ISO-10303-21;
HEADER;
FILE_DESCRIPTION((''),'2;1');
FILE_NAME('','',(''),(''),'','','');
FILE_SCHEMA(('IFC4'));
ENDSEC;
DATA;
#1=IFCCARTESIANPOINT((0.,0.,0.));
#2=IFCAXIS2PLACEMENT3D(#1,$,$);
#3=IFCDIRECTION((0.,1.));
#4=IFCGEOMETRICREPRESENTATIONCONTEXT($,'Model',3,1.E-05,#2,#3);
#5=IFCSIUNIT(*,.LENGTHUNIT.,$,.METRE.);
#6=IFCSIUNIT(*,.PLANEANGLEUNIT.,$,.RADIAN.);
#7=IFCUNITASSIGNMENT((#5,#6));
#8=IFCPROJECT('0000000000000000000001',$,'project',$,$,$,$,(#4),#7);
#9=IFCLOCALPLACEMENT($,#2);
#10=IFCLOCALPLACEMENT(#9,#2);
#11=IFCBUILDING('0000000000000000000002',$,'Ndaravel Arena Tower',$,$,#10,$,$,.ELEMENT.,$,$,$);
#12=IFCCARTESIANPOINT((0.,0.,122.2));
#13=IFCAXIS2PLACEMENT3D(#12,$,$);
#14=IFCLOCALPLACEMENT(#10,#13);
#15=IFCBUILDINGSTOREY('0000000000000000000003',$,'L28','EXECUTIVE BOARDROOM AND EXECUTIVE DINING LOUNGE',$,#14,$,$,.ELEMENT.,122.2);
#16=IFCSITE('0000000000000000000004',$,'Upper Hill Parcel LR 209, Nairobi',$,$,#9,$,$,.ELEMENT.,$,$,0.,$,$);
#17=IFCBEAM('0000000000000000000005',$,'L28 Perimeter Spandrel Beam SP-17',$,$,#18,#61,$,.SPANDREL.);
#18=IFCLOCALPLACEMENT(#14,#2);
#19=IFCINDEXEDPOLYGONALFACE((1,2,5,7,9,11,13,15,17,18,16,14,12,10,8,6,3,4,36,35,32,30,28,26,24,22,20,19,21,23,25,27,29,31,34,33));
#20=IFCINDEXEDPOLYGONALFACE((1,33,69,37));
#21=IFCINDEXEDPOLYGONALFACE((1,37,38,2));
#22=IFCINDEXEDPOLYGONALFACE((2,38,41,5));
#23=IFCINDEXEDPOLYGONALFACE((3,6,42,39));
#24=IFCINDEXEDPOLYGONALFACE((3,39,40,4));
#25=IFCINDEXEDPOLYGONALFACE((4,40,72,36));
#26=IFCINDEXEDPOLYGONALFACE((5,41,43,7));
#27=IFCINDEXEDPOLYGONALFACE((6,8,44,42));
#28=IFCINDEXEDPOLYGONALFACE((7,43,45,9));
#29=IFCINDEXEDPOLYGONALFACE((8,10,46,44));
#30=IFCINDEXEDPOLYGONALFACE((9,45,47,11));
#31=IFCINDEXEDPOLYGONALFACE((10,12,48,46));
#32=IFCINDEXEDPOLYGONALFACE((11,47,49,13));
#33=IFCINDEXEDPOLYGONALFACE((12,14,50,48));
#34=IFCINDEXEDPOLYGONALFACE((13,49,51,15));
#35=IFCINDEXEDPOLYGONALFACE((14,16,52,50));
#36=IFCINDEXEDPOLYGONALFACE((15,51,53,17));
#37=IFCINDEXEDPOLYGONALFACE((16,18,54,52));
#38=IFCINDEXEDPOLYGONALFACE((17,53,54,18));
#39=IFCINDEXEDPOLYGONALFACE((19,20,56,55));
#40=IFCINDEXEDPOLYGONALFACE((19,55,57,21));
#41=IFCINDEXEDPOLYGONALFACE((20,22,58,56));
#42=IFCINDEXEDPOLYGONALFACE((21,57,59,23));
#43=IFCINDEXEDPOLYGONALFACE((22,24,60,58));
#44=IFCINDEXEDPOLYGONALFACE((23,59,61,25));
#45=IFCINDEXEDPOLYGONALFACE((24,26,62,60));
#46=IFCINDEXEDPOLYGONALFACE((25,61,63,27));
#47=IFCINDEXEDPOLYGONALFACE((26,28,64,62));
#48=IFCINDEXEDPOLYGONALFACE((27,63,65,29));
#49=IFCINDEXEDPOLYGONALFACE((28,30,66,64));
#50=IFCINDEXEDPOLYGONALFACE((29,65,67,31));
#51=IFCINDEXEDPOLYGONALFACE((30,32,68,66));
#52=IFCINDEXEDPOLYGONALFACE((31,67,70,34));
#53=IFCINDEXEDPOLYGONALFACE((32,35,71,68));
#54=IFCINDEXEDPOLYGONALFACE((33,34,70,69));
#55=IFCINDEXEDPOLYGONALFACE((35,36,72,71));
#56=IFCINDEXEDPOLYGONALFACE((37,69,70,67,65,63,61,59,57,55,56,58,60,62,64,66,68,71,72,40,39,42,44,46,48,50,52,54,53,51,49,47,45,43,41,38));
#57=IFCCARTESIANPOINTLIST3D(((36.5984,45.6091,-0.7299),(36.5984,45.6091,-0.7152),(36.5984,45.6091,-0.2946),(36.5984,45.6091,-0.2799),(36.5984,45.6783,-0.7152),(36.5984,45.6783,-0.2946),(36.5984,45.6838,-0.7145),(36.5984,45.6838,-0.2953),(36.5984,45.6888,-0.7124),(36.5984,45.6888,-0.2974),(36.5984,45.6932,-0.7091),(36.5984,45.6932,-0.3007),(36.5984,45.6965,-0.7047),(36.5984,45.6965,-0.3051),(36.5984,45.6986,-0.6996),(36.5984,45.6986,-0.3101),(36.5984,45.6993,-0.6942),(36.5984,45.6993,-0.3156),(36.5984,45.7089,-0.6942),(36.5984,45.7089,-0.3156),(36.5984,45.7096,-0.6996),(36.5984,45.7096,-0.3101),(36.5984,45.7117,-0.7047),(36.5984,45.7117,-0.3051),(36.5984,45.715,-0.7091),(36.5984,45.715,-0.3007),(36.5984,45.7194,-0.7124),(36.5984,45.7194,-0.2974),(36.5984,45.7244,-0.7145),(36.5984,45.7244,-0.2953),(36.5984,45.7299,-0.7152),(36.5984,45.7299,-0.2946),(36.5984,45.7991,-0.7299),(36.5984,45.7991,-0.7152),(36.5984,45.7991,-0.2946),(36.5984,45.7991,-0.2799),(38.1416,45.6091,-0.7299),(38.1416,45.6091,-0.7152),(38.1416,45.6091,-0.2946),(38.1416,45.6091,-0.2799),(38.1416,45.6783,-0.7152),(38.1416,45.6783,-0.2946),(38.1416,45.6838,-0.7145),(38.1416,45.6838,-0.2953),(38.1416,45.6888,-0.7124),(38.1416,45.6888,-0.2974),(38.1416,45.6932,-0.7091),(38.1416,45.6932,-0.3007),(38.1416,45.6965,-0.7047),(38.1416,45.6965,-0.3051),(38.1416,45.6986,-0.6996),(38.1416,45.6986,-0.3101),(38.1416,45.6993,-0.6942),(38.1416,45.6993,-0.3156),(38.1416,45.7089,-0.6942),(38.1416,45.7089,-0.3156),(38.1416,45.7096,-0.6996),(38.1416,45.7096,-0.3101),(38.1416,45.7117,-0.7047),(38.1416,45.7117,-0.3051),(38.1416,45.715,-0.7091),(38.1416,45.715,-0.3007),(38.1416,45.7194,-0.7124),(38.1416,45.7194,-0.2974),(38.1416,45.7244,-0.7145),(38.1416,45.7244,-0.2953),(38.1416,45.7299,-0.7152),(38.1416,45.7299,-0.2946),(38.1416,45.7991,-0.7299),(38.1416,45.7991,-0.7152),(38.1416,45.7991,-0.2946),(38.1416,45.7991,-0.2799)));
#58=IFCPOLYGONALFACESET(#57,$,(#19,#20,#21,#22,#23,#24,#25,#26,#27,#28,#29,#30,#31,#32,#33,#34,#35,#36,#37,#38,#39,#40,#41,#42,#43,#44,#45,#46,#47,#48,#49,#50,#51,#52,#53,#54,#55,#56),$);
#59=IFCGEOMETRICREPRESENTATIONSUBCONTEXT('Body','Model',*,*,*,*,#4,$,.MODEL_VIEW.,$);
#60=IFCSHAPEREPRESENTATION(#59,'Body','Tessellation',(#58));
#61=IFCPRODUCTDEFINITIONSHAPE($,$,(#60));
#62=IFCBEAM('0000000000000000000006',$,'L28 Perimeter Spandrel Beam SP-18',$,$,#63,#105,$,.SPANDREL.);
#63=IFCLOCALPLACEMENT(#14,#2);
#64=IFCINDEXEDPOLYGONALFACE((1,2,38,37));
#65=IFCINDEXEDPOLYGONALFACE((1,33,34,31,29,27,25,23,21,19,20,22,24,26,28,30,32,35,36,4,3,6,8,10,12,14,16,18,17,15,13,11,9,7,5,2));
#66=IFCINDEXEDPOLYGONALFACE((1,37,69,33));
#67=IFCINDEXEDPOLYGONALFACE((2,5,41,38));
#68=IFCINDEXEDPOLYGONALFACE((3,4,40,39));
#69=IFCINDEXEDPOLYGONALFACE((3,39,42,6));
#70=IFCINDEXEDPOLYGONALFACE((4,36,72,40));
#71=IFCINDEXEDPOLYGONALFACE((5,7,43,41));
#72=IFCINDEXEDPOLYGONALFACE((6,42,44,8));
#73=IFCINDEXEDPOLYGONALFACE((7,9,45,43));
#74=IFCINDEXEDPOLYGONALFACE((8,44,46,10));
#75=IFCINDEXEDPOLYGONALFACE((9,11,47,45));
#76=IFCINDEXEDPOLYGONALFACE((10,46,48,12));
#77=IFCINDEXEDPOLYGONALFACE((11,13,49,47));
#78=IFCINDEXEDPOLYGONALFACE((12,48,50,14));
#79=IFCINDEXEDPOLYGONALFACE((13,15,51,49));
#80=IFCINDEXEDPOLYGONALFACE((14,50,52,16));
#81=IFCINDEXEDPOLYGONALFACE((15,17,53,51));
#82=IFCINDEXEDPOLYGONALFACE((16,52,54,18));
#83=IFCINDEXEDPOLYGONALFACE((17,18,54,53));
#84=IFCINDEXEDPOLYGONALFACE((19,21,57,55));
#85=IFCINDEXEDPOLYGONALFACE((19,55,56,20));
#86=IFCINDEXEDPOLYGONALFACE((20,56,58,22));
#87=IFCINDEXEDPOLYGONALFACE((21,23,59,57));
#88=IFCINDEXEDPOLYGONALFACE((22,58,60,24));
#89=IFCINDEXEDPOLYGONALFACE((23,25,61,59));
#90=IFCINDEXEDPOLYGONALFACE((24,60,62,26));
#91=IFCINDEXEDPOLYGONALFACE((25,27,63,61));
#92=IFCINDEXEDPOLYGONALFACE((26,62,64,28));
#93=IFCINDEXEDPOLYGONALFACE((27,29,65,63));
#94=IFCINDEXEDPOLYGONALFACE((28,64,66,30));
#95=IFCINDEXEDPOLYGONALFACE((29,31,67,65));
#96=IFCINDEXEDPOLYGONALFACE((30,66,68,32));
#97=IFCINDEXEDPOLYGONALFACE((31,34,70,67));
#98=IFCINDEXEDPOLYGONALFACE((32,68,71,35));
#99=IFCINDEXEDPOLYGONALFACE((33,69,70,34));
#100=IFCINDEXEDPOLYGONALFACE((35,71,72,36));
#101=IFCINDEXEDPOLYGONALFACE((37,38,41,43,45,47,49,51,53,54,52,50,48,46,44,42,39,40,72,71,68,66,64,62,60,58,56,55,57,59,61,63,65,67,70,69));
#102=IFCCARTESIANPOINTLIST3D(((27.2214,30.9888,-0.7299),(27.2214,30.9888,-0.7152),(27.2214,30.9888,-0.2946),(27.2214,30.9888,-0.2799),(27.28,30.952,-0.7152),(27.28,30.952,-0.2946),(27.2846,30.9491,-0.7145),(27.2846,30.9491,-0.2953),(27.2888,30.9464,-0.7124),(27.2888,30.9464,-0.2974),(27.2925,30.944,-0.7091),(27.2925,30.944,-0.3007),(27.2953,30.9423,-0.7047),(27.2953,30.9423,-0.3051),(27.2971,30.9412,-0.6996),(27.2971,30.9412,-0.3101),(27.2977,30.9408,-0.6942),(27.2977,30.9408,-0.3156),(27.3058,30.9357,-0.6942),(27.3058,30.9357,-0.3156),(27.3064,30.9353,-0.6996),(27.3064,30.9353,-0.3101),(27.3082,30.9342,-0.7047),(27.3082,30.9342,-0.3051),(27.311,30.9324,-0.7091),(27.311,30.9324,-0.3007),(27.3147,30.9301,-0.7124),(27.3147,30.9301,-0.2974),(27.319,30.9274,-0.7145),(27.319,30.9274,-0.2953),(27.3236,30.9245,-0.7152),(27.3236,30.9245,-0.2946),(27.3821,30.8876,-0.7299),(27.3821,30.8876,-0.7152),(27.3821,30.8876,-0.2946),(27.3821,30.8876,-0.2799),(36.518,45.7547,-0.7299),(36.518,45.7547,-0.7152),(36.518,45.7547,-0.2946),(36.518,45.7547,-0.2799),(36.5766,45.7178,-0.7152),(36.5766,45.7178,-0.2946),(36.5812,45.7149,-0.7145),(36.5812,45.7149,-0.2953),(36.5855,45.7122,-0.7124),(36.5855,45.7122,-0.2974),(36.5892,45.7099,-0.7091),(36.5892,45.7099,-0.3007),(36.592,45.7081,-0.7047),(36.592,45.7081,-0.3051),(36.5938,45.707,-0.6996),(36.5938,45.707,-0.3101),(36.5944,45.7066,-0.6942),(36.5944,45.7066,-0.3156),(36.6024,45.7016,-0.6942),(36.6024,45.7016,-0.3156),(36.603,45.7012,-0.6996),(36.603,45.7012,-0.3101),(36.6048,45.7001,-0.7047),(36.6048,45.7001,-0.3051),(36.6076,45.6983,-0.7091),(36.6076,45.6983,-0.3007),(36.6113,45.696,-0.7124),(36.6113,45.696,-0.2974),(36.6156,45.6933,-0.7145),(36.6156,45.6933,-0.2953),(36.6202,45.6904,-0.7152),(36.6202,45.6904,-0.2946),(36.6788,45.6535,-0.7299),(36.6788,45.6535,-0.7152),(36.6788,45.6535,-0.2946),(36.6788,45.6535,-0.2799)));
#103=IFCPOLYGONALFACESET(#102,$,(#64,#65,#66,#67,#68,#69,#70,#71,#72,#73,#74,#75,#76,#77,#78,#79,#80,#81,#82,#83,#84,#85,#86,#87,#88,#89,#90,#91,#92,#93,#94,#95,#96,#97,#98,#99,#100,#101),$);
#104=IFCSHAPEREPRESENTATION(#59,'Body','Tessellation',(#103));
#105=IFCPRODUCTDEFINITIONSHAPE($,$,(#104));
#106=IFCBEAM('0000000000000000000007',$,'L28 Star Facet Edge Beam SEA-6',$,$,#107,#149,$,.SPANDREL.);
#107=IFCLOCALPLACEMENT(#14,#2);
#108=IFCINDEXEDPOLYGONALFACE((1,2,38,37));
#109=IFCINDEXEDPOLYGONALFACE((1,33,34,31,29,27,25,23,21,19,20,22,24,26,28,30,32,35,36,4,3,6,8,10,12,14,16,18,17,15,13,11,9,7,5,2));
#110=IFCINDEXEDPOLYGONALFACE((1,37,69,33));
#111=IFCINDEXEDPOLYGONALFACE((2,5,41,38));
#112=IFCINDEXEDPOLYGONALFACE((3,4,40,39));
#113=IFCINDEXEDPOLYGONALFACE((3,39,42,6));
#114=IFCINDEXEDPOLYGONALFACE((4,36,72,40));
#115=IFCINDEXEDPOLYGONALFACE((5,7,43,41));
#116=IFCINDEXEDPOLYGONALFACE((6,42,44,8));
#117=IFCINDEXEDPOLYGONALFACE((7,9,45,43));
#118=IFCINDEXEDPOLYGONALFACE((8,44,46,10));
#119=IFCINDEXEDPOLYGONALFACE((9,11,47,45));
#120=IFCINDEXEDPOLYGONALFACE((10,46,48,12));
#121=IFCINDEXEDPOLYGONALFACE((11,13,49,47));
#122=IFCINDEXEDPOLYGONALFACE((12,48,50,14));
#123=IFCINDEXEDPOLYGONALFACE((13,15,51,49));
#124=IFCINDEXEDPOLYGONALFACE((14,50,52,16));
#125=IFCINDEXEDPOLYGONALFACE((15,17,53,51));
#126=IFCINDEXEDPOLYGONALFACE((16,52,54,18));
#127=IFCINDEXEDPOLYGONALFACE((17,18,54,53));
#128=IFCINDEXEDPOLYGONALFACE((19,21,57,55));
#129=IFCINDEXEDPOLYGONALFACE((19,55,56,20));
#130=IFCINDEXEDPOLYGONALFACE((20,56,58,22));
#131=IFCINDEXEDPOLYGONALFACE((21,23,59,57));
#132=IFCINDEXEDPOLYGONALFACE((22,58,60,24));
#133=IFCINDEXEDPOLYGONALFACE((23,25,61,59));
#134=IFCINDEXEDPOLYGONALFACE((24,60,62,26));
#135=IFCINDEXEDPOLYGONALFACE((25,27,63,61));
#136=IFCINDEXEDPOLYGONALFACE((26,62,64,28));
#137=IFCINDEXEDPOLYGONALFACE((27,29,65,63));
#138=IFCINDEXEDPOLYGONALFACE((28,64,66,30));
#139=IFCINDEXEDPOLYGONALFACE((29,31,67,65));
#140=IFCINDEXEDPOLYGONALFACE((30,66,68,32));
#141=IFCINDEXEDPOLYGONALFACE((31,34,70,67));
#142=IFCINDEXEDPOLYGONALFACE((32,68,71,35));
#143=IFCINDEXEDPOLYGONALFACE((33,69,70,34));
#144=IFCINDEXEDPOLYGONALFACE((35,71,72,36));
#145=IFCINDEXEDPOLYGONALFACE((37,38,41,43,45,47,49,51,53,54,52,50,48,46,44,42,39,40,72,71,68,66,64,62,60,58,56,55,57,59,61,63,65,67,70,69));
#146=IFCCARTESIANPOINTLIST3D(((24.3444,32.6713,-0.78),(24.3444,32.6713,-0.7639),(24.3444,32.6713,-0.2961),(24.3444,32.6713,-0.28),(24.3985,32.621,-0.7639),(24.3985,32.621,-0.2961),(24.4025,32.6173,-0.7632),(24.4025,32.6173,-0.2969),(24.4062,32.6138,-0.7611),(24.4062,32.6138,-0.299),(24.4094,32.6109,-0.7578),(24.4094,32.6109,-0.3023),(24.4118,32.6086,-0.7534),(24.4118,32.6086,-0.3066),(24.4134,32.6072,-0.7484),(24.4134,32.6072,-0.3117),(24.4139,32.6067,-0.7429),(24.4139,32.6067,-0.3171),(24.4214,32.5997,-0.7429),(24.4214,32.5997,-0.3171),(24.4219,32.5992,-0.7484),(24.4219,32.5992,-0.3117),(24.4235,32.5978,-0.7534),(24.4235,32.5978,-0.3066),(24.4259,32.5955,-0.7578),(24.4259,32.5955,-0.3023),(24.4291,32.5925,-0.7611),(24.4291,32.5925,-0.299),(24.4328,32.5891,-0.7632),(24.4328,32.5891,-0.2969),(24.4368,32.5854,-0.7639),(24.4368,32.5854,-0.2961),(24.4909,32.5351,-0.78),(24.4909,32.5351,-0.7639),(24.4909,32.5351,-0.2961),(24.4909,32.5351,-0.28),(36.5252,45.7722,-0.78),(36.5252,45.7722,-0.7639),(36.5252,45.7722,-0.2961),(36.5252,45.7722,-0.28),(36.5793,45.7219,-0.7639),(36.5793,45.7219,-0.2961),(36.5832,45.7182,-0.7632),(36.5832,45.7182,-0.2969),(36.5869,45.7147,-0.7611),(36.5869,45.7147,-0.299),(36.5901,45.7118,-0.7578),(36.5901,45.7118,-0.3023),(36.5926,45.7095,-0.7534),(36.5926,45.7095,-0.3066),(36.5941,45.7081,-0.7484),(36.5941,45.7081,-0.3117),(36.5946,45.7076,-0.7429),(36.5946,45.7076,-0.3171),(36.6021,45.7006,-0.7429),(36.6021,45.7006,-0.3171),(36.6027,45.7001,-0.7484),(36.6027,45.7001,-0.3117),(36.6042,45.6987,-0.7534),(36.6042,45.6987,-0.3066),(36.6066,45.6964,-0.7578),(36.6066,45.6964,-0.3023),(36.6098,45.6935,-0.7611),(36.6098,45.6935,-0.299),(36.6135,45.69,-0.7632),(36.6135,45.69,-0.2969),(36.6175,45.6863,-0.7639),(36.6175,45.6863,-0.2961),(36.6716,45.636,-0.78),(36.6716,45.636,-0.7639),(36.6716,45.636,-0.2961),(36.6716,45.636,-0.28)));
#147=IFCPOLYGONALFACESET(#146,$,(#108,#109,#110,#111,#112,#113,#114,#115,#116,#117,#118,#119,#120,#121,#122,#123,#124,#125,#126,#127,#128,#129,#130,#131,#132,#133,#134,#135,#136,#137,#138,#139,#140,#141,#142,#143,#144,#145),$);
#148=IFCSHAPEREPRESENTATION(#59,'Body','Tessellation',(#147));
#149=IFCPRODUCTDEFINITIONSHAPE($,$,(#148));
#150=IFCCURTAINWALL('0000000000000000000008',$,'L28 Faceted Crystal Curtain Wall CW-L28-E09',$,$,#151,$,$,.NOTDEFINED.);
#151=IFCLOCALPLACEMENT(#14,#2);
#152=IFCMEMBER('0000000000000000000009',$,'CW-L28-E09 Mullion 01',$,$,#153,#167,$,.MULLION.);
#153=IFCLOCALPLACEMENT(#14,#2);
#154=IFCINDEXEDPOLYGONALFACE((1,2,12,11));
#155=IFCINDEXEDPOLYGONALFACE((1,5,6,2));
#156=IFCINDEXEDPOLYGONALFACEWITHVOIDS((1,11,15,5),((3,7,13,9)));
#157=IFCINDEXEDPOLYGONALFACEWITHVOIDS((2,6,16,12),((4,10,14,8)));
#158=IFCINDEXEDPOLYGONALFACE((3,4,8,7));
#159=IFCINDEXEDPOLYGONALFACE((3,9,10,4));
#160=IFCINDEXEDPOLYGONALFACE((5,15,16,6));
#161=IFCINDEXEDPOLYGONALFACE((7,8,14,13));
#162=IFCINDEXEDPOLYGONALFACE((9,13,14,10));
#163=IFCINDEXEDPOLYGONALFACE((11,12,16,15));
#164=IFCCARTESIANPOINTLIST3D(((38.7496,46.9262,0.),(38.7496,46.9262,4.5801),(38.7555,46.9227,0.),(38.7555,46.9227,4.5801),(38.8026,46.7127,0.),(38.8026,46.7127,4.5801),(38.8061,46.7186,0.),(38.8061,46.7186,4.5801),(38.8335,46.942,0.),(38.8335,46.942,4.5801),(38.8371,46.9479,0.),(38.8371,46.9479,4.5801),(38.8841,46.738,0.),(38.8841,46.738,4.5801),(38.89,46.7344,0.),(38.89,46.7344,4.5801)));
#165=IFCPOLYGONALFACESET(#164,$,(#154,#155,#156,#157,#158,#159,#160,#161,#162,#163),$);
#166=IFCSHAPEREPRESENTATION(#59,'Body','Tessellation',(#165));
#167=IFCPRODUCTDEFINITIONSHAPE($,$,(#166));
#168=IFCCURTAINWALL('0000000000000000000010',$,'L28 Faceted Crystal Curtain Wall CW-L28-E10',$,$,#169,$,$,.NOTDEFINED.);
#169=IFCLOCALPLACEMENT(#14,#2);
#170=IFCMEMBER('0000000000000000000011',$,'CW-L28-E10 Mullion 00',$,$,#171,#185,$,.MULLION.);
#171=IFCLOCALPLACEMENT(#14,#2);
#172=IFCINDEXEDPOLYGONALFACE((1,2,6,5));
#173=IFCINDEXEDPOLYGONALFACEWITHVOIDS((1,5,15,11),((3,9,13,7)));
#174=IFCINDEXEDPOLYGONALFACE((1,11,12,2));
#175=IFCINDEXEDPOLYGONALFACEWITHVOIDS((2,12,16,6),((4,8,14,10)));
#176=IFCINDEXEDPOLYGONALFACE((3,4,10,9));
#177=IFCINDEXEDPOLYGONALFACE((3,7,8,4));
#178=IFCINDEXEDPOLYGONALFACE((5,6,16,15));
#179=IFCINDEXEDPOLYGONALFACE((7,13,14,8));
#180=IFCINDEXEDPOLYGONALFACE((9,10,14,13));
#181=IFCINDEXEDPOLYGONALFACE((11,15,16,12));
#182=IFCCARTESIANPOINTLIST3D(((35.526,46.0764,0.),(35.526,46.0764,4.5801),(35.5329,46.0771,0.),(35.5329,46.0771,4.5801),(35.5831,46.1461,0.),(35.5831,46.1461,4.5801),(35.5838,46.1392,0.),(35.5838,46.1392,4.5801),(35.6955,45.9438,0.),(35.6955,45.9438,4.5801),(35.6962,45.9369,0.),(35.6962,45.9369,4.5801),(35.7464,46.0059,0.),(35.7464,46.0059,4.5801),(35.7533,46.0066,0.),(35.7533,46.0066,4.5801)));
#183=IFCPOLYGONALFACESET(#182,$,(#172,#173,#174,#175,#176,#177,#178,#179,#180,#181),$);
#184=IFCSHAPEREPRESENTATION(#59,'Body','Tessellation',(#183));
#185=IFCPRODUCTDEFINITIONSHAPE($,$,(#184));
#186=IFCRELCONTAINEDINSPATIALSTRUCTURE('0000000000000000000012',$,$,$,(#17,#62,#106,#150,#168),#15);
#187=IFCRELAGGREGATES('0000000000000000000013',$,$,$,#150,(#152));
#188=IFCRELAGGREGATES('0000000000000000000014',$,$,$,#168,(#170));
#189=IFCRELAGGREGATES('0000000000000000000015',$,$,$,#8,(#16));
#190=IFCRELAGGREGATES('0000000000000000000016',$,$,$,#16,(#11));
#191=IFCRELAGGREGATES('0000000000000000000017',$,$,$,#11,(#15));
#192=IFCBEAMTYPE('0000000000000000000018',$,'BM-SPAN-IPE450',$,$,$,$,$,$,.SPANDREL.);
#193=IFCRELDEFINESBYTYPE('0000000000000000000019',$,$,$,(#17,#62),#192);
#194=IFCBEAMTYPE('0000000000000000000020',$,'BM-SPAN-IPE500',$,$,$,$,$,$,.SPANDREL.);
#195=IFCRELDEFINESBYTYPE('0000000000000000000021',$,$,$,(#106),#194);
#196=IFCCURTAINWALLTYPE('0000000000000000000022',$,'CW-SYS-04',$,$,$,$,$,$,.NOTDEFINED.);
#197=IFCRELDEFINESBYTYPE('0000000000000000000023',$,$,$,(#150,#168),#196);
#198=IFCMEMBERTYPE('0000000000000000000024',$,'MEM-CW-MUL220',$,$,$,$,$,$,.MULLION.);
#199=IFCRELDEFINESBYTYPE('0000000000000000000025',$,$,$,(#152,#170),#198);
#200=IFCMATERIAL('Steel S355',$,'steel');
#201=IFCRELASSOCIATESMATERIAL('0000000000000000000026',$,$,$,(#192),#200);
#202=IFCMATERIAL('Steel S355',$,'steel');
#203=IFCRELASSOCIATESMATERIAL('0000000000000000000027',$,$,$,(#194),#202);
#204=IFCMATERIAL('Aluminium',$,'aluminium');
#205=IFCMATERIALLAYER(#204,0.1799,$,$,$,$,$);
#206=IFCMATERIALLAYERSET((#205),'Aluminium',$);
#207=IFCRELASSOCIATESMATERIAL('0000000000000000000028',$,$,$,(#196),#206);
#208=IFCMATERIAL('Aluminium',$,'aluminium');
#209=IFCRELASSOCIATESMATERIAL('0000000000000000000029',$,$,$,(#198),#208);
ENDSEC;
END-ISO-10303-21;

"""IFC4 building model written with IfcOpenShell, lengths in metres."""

from ifc_helpers import new_model, si_unit, direction, frame, origin, origin_2d, place, context, subcontext, project, spatial, hollow_rectangle, i_section, extrude, material, layer, layer_set, material_profile, profile_set, type_object, element, aggregate, save


model = new_model("IFC4")

# Units and contexts
model_context = context("Model", 3, precision=1e-05, world=origin(), true_north=direction((0.0, 1.0)))
body_context = subcontext(model_context, "Body", "Model", "MODEL_VIEW")
ifc_project = project(units=[si_unit("LENGTHUNIT", "METRE"), si_unit("PLANEANGLEUNIT", "RADIAN")], contexts=[model_context])

# Site, building, storey
site_placement = place(None, origin())
site = spatial("IfcSite", under=ifc_project, at=site_placement, Name="Upper Hill Parcel LR 209, Nairobi", CompositionType="ELEMENT", RefElevation=0.0)
building_placement = place(site_placement, origin())
building = spatial("IfcBuilding", under=site, at=building_placement, Name="Ndaravel Arena Tower", CompositionType="ELEMENT")
storey_placement = place(building_placement, frame((0.0, 0.0, 122.2)))
storey = spatial("IfcBuildingStorey", under=building, at=storey_placement, Name="L28", Description="EXECUTIVE BOARDROOM AND EXECUTIVE DINING LOUNGE", CompositionType="ELEMENT", Elevation=122.2)

# Beams
ifc_material_1 = material(Name="Steel S355", Category="steel")
ifc_material_profile_1 = material_profile(ifc_material_1, i_section(OverallWidth=0.1899, OverallDepth=0.45, WebThickness=0.0095, FlangeThickness=0.0146, FilletRadius=0.021, at=origin_2d()), Name="IPE 450")
ifc_profile_set_1 = profile_set([ifc_material_profile_1], Name="Steel S355")
beam_type_1 = type_object("IfcBeamType", Name="BM-SPAN-IPE450", PredefinedType="SPANDREL", material=ifc_profile_set_1)
beam_1_placement = place(storey_placement, frame((38.1416, 45.7041, -0.5049), z_axis=(-1.0, 0.0, 0.0), x_axis=(0.0, -1.0, 0.0)))
element("IfcBeam", 1, at=beam_1_placement, inside=storey, type_object=beam_type_1, Name="L28 Perimeter Spandrel Beam SP-17", PredefinedType="SPANDREL", context=body_context, shape_type="SweptSolid", body=[
    extrude(i_section(OverallWidth=0.1899, OverallDepth=0.45, WebThickness=0.0095, FlangeThickness=0.0146, FilletRadius=0.021, at=origin_2d()), origin(), (0.0, 0.0, 1.0), 1.5432),
])
beam_2_placement = place(storey_placement, frame((36.5984, 45.7041, -0.5049), z_axis=(-0.532797, -0.846243, 0.0), x_axis=(0.846243, -0.532797, 0.0)))
element("IfcBeam", 2, at=beam_2_placement, inside=storey, type_object=beam_type_1, Name="L28 Perimeter Spandrel Beam SP-18", PredefinedType="SPANDREL", context=body_context, shape_type="SweptSolid", body=[
    extrude(i_section(OverallWidth=0.1899, OverallDepth=0.45, WebThickness=0.0095, FlangeThickness=0.0146, FilletRadius=0.021, at=origin_2d()), origin(), (0.0, 0.0, 1.0), 17.4487),
])
ifc_material_2 = material(Name="Steel S355", Category="steel")
ifc_material_profile_2 = material_profile(ifc_material_2, i_section(OverallWidth=0.2, OverallDepth=0.5, WebThickness=0.0103, FlangeThickness=0.0161, FilletRadius=0.021, at=origin_2d()), Name="IPE 500")
ifc_profile_set_2 = profile_set([ifc_material_profile_2], Name="Steel S355")
beam_type_2 = type_object("IfcBeamType", Name="BM-SPAN-IPE500", PredefinedType="SPANDREL", material=ifc_profile_set_2)
beam_3_placement = place(storey_placement, frame((36.5984, 45.7041, -0.53), z_axis=(-0.680919, -0.732358, 0.0), x_axis=(0.732358, -0.680919, 0.0)))
element("IfcBeam", 3, at=beam_3_placement, inside=storey, type_object=beam_type_2, Name="L28 Star Facet Edge Beam SEA-6", PredefinedType="SPANDREL", context=body_context, shape_type="SweptSolid", body=[
    extrude(i_section(OverallWidth=0.2, OverallDepth=0.5, WebThickness=0.0103, FlangeThickness=0.0161, FilletRadius=0.021, at=origin_2d()), origin(), (0.0, 0.0, 1.0), 17.8887),
])

# Curtain wall, member
ifc_material_3 = material(Name="Aluminium", Category="aluminium")
ifc_layer_1 = layer(ifc_material_3, 0.1799)
ifc_layer_set_1 = layer_set([ifc_layer_1], Name="Aluminium")
curtain_wall_type = type_object("IfcCurtainWallType", Name="CW-SYS-04", PredefinedType="NOTDEFINED", material=ifc_layer_set_1)
curtain_wall_1_placement = place(storey_placement, origin())
curtain_wall_1 = element("IfcCurtainWall", 4, at=curtain_wall_1_placement, inside=storey, type_object=curtain_wall_type, Name="L28 Faceted Crystal Curtain Wall CW-L28-E09", PredefinedType="NOTDEFINED")
ifc_material_4 = material(Name="Aluminium", Category="aluminium")
ifc_material_profile_3 = material_profile(ifc_material_4, hollow_rectangle(XDim=0.0901, YDim=0.22, WallThickness=0.0049, at=origin_2d()), Name="CW MULLION 90x220x5")
ifc_profile_set_3 = profile_set([ifc_material_profile_3], Name="Aluminium")
member_type_1 = type_object("IfcMemberType", Name="MEM-CW-MUL220", PredefinedType="MULLION", material=ifc_profile_set_3)
member_1_placement = place(storey_placement, frame((38.8198, 46.8303, 0.0), z_axis=(0.0, 0.0, 1.0), x_axis=(-0.970586, -0.240753, 0.0)))
member_1 = element("IfcMember", 5, at=member_1_placement, type_object=member_type_1, Name="CW-L28-E09 Mullion 01", PredefinedType="MULLION", context=body_context, shape_type="SweptSolid", body=[
    extrude(hollow_rectangle(XDim=0.0901, YDim=0.22, WallThickness=0.0049, at=origin_2d()), origin(), (0.0, 0.0, 1.0), 4.5801),
])

# Curtain wall, member
curtain_wall_2_placement = place(storey_placement, origin())
curtain_wall_2 = element("IfcCurtainWall", 6, at=curtain_wall_2_placement, inside=storey, type_object=curtain_wall_type, Name="L28 Faceted Crystal Curtain Wall CW-L28-E10", PredefinedType="NOTDEFINED")
member_2_placement = place(storey_placement, frame((35.6396, 46.0415, 0.0), z_axis=(0.0, 0.0, 1.0), x_axis=(-0.633934, -0.773387, 0.0)))
member_2 = element("IfcMember", 7, at=member_2_placement, type_object=member_type_1, Name="CW-L28-E10 Mullion 00", PredefinedType="MULLION", context=body_context, shape_type="SweptSolid", body=[
    extrude(hollow_rectangle(XDim=0.0901, YDim=0.22, WallThickness=0.0049, at=origin_2d()), origin(), (0.0, 0.0, 1.0), 4.5801),
])

aggregate(curtain_wall_1, [member_1])
aggregate(curtain_wall_2, [member_2])

save(model, "model.ifc")
